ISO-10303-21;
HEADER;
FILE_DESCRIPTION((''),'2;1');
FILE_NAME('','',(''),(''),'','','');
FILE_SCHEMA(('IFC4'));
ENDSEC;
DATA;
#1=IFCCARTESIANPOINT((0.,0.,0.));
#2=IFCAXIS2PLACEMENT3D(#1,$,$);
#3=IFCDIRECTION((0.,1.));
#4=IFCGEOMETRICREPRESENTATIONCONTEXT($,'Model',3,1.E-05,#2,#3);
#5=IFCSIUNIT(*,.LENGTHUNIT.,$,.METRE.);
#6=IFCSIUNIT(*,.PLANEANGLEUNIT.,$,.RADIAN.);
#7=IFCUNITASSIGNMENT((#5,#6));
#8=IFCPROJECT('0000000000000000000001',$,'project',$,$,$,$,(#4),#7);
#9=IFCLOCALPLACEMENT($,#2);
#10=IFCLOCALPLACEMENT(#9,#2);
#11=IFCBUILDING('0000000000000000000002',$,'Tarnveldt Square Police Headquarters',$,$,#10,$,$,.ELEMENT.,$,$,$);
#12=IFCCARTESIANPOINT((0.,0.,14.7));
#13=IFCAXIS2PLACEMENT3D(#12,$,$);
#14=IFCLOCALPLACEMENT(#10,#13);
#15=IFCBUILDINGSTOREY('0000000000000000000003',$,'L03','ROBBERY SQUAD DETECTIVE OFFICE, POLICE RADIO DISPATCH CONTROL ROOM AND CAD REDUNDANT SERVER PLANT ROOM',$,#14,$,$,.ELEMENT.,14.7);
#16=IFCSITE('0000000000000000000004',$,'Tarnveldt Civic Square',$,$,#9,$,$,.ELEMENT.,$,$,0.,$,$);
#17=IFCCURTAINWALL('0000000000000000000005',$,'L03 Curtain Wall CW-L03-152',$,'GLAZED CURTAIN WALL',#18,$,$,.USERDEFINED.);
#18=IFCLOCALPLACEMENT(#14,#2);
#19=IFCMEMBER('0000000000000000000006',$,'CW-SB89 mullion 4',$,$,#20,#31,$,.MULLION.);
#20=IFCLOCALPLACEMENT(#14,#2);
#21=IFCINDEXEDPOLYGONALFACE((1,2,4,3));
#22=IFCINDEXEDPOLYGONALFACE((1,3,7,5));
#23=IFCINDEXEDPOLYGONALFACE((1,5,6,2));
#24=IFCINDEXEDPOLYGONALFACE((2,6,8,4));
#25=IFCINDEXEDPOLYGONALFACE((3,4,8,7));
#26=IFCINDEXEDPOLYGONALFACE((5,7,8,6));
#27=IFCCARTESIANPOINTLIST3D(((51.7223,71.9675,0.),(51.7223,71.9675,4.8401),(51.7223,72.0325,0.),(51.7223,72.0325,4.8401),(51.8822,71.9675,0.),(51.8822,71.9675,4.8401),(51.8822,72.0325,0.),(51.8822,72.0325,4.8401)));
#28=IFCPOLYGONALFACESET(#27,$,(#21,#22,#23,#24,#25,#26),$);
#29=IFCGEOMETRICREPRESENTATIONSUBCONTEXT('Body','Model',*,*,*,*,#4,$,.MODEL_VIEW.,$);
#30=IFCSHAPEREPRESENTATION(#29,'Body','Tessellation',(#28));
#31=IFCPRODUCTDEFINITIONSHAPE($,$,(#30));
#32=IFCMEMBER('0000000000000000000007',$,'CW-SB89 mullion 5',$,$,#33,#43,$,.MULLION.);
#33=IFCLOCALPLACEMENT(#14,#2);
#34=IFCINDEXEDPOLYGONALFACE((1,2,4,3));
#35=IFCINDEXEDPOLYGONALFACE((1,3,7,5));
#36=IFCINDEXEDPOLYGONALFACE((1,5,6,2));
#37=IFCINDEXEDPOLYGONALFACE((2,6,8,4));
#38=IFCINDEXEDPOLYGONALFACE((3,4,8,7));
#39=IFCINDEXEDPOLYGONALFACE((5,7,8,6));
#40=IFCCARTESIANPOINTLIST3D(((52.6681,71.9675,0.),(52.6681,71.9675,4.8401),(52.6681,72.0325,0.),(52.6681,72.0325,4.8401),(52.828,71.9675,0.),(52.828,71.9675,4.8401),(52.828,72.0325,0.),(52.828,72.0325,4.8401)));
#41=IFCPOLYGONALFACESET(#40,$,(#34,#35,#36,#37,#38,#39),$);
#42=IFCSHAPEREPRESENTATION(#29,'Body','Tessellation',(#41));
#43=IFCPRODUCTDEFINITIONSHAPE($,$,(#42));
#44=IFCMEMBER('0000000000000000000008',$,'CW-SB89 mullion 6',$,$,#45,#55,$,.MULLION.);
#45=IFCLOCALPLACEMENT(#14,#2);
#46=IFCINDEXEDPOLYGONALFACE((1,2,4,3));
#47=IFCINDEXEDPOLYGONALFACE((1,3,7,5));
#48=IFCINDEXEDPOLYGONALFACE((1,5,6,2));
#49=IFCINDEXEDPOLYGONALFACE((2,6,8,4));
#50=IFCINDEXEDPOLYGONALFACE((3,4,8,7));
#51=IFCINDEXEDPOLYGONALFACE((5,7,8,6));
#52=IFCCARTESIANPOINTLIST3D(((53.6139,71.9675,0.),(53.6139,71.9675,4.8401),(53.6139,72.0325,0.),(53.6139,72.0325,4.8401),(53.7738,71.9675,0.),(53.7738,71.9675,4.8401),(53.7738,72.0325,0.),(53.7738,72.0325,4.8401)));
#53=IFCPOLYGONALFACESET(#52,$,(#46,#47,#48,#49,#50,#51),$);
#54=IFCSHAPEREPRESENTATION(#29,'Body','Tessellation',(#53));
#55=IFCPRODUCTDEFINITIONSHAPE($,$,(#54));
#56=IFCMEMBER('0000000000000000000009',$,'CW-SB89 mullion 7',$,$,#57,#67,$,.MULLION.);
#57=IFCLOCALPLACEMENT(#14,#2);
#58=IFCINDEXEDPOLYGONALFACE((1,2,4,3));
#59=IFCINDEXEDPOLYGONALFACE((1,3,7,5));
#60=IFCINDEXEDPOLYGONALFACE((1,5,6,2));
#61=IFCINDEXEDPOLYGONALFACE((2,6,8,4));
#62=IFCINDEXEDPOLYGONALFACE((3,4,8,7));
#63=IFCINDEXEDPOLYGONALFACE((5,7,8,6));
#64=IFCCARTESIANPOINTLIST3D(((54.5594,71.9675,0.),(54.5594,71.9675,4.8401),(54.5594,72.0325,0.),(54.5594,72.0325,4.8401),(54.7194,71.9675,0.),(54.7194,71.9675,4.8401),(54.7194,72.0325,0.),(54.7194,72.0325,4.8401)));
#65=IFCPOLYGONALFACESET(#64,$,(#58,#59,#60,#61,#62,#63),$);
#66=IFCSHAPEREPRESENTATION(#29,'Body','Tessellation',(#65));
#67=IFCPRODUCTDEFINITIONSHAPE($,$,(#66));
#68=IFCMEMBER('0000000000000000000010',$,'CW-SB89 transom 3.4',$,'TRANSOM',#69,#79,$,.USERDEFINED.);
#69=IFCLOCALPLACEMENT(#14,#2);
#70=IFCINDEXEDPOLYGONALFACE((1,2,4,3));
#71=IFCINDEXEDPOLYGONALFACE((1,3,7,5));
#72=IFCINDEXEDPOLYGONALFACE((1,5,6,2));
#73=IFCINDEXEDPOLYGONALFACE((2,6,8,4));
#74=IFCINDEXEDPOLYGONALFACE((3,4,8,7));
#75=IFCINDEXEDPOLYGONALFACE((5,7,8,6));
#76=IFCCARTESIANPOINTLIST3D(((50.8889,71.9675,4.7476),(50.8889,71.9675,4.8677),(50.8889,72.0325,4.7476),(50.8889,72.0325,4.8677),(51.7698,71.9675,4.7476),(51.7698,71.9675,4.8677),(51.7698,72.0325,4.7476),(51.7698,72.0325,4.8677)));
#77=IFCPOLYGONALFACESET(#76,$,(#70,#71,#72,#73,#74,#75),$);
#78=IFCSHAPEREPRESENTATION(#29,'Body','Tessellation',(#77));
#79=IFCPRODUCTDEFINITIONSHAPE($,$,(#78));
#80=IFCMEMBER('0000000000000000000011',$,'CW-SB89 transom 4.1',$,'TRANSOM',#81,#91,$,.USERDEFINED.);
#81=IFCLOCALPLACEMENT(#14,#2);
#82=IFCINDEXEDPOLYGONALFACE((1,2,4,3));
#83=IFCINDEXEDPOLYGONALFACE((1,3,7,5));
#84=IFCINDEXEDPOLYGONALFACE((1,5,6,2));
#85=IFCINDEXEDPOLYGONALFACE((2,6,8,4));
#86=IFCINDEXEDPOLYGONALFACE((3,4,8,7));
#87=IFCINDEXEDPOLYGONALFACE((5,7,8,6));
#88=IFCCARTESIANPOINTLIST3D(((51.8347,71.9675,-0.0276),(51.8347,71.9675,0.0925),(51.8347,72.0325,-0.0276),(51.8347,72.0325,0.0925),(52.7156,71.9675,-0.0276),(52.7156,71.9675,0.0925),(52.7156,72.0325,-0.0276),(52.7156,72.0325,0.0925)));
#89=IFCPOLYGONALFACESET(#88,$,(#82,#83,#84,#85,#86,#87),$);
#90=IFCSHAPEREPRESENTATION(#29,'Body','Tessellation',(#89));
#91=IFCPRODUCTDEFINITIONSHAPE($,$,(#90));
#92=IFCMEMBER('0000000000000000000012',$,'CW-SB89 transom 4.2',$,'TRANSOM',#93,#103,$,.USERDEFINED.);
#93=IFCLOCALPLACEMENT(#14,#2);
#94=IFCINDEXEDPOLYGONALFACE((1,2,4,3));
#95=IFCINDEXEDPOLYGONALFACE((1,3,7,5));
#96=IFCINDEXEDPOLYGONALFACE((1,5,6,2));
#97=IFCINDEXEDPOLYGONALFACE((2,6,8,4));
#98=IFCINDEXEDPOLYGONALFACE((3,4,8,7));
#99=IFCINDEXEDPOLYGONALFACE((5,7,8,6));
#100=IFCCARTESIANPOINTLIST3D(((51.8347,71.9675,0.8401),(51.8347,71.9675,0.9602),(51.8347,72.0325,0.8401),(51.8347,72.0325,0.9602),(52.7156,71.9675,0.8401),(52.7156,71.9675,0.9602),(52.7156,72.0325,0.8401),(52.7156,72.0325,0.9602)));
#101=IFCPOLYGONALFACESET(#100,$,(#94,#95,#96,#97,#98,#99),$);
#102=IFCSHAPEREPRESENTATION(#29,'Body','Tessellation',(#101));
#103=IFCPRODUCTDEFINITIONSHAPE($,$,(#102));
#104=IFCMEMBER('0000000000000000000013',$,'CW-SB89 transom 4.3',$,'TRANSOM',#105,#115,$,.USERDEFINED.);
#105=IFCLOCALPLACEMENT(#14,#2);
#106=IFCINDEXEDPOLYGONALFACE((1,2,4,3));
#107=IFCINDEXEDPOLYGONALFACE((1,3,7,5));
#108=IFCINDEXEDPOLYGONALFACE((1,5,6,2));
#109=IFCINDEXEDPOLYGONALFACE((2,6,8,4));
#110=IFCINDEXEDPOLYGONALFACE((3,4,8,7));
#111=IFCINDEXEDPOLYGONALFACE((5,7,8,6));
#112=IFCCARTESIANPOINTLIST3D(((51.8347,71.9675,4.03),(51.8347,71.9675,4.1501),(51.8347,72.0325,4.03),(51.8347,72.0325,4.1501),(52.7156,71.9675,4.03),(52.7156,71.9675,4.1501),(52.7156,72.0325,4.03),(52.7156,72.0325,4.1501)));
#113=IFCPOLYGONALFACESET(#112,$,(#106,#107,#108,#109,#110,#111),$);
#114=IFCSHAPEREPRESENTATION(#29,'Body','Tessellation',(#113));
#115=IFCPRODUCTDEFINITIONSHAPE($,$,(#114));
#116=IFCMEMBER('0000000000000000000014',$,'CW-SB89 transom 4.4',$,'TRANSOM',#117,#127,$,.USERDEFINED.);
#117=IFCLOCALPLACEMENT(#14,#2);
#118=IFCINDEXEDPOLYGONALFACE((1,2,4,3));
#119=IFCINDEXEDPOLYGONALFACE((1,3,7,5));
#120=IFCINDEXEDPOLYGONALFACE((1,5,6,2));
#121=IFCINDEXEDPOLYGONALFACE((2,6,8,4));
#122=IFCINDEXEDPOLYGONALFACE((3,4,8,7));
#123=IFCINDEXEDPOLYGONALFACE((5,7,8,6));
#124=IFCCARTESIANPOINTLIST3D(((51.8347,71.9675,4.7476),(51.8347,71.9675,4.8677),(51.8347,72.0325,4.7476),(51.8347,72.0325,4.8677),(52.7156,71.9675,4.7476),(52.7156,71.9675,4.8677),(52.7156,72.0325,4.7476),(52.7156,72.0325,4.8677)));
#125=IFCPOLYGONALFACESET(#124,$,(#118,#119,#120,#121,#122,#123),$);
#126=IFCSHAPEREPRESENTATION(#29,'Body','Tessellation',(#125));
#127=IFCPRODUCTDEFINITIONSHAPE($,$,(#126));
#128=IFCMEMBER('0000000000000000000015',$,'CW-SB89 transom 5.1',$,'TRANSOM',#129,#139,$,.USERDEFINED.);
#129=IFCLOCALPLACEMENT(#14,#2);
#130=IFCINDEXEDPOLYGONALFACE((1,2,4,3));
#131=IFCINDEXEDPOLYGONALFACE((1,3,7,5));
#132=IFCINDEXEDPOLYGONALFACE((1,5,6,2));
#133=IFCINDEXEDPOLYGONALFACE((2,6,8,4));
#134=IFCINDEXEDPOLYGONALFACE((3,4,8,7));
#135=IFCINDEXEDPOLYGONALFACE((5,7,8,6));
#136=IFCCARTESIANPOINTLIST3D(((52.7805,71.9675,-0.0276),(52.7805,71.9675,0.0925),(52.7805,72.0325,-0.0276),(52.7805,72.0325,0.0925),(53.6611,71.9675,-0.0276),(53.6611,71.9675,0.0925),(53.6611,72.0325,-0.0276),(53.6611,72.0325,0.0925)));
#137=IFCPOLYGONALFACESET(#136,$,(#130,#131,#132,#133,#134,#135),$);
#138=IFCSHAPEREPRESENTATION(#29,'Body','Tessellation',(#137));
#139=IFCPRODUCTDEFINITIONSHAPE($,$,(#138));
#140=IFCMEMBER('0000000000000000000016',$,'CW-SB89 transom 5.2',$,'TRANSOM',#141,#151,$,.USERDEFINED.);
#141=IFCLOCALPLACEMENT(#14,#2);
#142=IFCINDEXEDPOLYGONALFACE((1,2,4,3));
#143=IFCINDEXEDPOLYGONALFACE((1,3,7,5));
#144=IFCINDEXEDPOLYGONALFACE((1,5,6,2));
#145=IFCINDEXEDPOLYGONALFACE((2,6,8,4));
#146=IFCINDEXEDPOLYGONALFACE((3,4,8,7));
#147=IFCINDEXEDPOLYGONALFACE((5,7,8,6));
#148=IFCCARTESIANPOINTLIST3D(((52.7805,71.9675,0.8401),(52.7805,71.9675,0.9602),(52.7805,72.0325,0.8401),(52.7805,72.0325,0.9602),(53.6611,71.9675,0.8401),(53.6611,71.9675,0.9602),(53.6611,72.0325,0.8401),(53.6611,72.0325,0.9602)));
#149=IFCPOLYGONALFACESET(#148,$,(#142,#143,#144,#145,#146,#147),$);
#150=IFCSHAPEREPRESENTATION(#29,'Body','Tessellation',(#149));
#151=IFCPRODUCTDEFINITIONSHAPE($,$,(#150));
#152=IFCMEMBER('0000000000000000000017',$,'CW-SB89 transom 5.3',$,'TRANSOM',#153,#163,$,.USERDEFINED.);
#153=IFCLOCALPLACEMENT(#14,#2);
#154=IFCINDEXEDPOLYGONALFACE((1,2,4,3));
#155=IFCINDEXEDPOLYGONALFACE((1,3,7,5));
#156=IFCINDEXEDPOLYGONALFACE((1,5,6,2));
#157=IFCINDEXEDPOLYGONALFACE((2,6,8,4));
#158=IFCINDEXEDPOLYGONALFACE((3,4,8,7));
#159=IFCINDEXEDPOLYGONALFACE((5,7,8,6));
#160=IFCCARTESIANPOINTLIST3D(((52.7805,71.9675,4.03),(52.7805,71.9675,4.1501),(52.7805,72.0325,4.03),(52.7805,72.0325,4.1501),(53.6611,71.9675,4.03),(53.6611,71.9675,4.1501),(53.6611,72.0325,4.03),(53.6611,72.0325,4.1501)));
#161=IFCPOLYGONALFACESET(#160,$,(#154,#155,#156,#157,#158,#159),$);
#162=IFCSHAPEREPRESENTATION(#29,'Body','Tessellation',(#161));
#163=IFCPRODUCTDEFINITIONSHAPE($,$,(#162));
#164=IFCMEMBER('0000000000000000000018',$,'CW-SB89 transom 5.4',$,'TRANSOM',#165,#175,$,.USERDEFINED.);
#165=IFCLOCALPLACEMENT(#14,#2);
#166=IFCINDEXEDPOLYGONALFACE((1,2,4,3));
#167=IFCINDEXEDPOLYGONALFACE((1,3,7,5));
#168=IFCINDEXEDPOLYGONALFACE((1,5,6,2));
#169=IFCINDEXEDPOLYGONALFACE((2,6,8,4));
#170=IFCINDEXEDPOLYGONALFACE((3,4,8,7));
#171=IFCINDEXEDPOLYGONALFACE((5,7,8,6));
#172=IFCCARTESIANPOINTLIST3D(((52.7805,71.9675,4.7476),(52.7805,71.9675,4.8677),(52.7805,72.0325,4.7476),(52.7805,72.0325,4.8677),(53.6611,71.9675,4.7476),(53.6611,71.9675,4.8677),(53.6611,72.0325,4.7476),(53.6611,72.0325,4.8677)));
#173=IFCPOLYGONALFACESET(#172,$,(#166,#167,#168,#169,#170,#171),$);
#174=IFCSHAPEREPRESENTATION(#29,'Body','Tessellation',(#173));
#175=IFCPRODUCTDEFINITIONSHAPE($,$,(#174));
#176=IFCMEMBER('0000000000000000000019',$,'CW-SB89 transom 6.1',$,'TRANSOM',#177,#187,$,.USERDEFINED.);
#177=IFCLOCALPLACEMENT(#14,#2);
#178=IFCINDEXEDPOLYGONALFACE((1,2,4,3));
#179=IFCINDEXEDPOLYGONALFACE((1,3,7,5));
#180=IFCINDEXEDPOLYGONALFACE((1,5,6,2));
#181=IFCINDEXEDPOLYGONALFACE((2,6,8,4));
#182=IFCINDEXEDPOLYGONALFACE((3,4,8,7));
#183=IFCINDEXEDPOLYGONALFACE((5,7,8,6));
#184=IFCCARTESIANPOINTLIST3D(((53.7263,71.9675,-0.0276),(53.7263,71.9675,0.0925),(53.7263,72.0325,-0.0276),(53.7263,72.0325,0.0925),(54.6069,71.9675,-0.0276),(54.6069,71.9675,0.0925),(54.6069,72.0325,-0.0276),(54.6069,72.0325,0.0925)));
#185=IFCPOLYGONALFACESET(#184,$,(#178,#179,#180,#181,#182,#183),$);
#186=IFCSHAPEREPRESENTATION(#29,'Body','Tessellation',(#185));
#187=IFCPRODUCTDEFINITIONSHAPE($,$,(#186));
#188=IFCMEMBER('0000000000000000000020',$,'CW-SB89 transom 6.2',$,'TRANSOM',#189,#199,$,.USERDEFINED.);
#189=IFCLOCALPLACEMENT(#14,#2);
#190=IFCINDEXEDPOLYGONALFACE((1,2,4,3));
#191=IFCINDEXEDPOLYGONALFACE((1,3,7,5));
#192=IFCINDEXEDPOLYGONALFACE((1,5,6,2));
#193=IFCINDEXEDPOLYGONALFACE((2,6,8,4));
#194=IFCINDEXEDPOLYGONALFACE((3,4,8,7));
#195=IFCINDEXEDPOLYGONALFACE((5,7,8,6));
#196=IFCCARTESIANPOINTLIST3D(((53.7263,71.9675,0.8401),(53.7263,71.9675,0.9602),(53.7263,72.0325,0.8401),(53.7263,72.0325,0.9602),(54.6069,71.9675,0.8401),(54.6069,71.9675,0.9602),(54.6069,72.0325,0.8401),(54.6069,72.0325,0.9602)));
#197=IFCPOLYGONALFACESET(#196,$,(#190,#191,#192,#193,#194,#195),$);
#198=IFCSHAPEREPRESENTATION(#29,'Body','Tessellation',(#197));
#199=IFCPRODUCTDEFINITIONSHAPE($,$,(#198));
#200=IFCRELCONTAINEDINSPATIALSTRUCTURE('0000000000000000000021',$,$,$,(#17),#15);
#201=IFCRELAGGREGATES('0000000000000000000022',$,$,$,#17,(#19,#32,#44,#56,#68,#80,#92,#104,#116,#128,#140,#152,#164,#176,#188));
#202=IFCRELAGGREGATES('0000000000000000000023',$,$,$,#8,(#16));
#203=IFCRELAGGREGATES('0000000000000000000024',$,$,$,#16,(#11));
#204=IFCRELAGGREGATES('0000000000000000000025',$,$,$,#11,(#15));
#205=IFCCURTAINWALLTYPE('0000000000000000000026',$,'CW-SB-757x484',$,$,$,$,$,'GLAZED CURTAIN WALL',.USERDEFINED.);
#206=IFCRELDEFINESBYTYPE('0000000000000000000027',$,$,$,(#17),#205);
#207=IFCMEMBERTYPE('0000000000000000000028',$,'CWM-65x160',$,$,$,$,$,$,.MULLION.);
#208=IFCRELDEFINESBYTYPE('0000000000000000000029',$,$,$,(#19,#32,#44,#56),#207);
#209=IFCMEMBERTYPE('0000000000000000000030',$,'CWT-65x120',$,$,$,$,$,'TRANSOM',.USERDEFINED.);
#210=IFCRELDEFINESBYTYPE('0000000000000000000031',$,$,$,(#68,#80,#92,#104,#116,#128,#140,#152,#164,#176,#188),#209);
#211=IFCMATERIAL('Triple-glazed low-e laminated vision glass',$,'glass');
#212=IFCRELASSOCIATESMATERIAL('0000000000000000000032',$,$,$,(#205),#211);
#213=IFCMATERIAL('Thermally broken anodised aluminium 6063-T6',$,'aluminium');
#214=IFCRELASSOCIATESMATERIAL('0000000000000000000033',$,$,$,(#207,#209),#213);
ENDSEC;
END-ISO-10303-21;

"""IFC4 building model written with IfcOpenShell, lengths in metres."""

from ifc_helpers import new_model, si_unit, direction, frame, origin, origin_2d, place, context, subcontext, project, spatial, rectangle, extrude, material, material_profile, profile_set, type_object, element, aggregate, save


model = new_model("IFC4")

# Units and contexts
model_context = context("Model", 3, precision=1e-05, world=origin(), true_north=direction((0.0, 1.0)))
body_context = subcontext(model_context, "Body", "Model", "MODEL_VIEW")
ifc_project = project(units=[si_unit("LENGTHUNIT", "METRE"), si_unit("PLANEANGLEUNIT", "RADIAN")], contexts=[model_context])

# Site, building, storey
site_placement = place(None, origin())
site = spatial("IfcSite", under=ifc_project, at=site_placement, Name="Tarnveldt Civic Square", CompositionType="ELEMENT", RefElevation=0.0)
building_placement = place(site_placement, origin())
building = spatial("IfcBuilding", under=site, at=building_placement, Name="Tarnveldt Square Police Headquarters", CompositionType="ELEMENT")
storey_placement = place(building_placement, frame((0.0, 0.0, 14.7)))
storey = spatial("IfcBuildingStorey", under=building, at=storey_placement, Name="L03", Description="ROBBERY SQUAD DETECTIVE OFFICE, POLICE RADIO DISPATCH CONTROL ROOM AND CAD REDUNDANT SERVER PLANT ROOM", CompositionType="ELEMENT", Elevation=14.7)

# Curtain wall, members
ifc_material_1 = material(Name="Triple-glazed low-e laminated vision glass", Category="glass")
curtain_wall_type = type_object("IfcCurtainWallType", Name="CW-SB-757x484", ElementType="GLAZED CURTAIN WALL", PredefinedType="USERDEFINED", material=ifc_material_1)
curtain_wall_placement = place(storey_placement, origin())
curtain_wall = element("IfcCurtainWall", 1, at=curtain_wall_placement, inside=storey, type_object=curtain_wall_type, Name="L03 Curtain Wall CW-L03-152", ObjectType="GLAZED CURTAIN WALL", PredefinedType="USERDEFINED")
ifc_material_2 = material(Name="Thermally broken anodised aluminium 6063-T6", Category="aluminium")
ifc_material_profile_1 = material_profile(ifc_material_2, rectangle(XDim=0.0649, YDim=0.1599, at=origin_2d()), Name="CW-M65x160")
ifc_profile_set_1 = profile_set([ifc_material_profile_1], Name="Thermally broken anodised aluminium 6063-T6")
member_type_1 = type_object("IfcMemberType", Name="CWM-65x160", PredefinedType="MULLION", material=ifc_profile_set_1)
member_1_placement = place(storey_placement, frame((51.8022, 72.0, 0.0), z_axis=(0.0, 0.0, 1.0), x_axis=(0.0, 1.0, 0.0)))
member_1 = element("IfcMember", 2, at=member_1_placement, type_object=member_type_1, Name="CW-SB89 mullion 4", PredefinedType="MULLION", context=body_context, shape_type="SweptSolid", body=[
    extrude(rectangle(XDim=0.0649, YDim=0.1599, at=origin_2d()), origin(), (0.0, 0.0, 1.0), 4.8401),
])
member_2_placement = place(storey_placement, frame((52.748, 72.0, 0.0), z_axis=(0.0, 0.0, 1.0), x_axis=(0.0, 1.0, 0.0)))
member_2 = element("IfcMember", 3, at=member_2_placement, type_object=member_type_1, Name="CW-SB89 mullion 5", PredefinedType="MULLION", context=body_context, shape_type="SweptSolid", body=[
    extrude(rectangle(XDim=0.0649, YDim=0.1599, at=origin_2d()), origin(), (0.0, 0.0, 1.0), 4.8401),
])
member_3_placement = place(storey_placement, frame((53.6938, 72.0, 0.0), z_axis=(0.0, 0.0, 1.0), x_axis=(0.0, 1.0, 0.0)))
member_3 = element("IfcMember", 4, at=member_3_placement, type_object=member_type_1, Name="CW-SB89 mullion 6", PredefinedType="MULLION", context=body_context, shape_type="SweptSolid", body=[
    extrude(rectangle(XDim=0.0649, YDim=0.1599, at=origin_2d()), origin(), (0.0, 0.0, 1.0), 4.8401),
])
member_4_placement = place(storey_placement, frame((54.6394, 72.0, 0.0), z_axis=(0.0, 0.0, 1.0), x_axis=(0.0, 1.0, 0.0)))
member_4 = element("IfcMember", 5, at=member_4_placement, type_object=member_type_1, Name="CW-SB89 mullion 7", PredefinedType="MULLION", context=body_context, shape_type="SweptSolid", body=[
    extrude(rectangle(XDim=0.0649, YDim=0.1599, at=origin_2d()), origin(), (0.0, 0.0, 1.0), 4.8401),
])
ifc_material_profile_2 = material_profile(ifc_material_2, rectangle(XDim=0.0649, YDim=0.1201, at=origin_2d()), Name="CW-T65x120")
ifc_profile_set_2 = profile_set([ifc_material_profile_2], Name="Thermally broken anodised aluminium 6063-T6")
member_type_2 = type_object("IfcMemberType", Name="CWT-65x120", ElementType="TRANSOM", PredefinedType="USERDEFINED", material=ifc_profile_set_2)
member_5_placement = place(storey_placement, frame((50.8889, 72.0, 4.8076), z_axis=(1.0, 0.0, 0.0), x_axis=(0.0, 1.0, 0.0)))
member_5 = element("IfcMember", 6, at=member_5_placement, type_object=member_type_2, Name="CW-SB89 transom 3.4", ObjectType="TRANSOM", PredefinedType="USERDEFINED", context=body_context, shape_type="SweptSolid", body=[
    extrude(rectangle(XDim=0.0649, YDim=0.1201, at=origin_2d()), origin(), (0.0, 0.0, 1.0), 0.8809),
])
member_6_placement = place(storey_placement, frame((51.8347, 72.0, 0.0325), z_axis=(1.0, 0.0, 0.0), x_axis=(0.0, 1.0, 0.0)))
member_6 = element("IfcMember", 7, at=member_6_placement, type_object=member_type_2, Name="CW-SB89 transom 4.1", ObjectType="TRANSOM", PredefinedType="USERDEFINED", context=body_context, shape_type="SweptSolid", body=[
    extrude(rectangle(XDim=0.0649, YDim=0.1201, at=origin_2d()), origin(), (0.0, 0.0, 1.0), 0.8809),
])
member_7_placement = place(storey_placement, frame((51.8347, 72.0, 0.9001), z_axis=(1.0, 0.0, 0.0), x_axis=(0.0, 1.0, 0.0)))
member_7 = element("IfcMember", 8, at=member_7_placement, type_object=member_type_2, Name="CW-SB89 transom 4.2", ObjectType="TRANSOM", PredefinedType="USERDEFINED", context=body_context, shape_type="SweptSolid", body=[
    extrude(rectangle(XDim=0.0649, YDim=0.1201, at=origin_2d()), origin(), (0.0, 0.0, 1.0), 0.8809),
])
member_8_placement = place(storey_placement, frame((51.8347, 72.0, 4.0901), z_axis=(1.0, 0.0, 0.0), x_axis=(0.0, 1.0, 0.0)))
member_8 = element("IfcMember", 9, at=member_8_placement, type_object=member_type_2, Name="CW-SB89 transom 4.3", ObjectType="TRANSOM", PredefinedType="USERDEFINED", context=body_context, shape_type="SweptSolid", body=[
    extrude(rectangle(XDim=0.0649, YDim=0.1201, at=origin_2d()), origin(), (0.0, 0.0, 1.0), 0.8809),
])
member_9_placement = place(storey_placement, frame((51.8347, 72.0, 4.8076), z_axis=(1.0, 0.0, 0.0), x_axis=(0.0, 1.0, 0.0)))
member_9 = element("IfcMember", 10, at=member_9_placement, type_object=member_type_2, Name="CW-SB89 transom 4.4", ObjectType="TRANSOM", PredefinedType="USERDEFINED", context=body_context, shape_type="SweptSolid", body=[
    extrude(rectangle(XDim=0.0649, YDim=0.1201, at=origin_2d()), origin(), (0.0, 0.0, 1.0), 0.8809),
])
member_10_placement = place(storey_placement, frame((52.7805, 72.0, 0.0325), z_axis=(1.0, 0.0, 0.0), x_axis=(0.0, 1.0, 0.0)))
member_10 = element("IfcMember", 11, at=member_10_placement, type_object=member_type_2, Name="CW-SB89 transom 5.1", ObjectType="TRANSOM", PredefinedType="USERDEFINED", context=body_context, shape_type="SweptSolid", body=[
    extrude(rectangle(XDim=0.0649, YDim=0.1201, at=origin_2d()), origin(), (0.0, 0.0, 1.0), 0.8806),
])
member_11_placement = place(storey_placement, frame((52.7805, 72.0, 0.9001), z_axis=(1.0, 0.0, 0.0), x_axis=(0.0, 1.0, 0.0)))
member_11 = element("IfcMember", 12, at=member_11_placement, type_object=member_type_2, Name="CW-SB89 transom 5.2", ObjectType="TRANSOM", PredefinedType="USERDEFINED", context=body_context, shape_type="SweptSolid", body=[
    extrude(rectangle(XDim=0.0649, YDim=0.1201, at=origin_2d()), origin(), (0.0, 0.0, 1.0), 0.8806),
])
member_12_placement = place(storey_placement, frame((52.7805, 72.0, 4.0901), z_axis=(1.0, 0.0, 0.0), x_axis=(0.0, 1.0, 0.0)))
member_12 = element("IfcMember", 13, at=member_12_placement, type_object=member_type_2, Name="CW-SB89 transom 5.3", ObjectType="TRANSOM", PredefinedType="USERDEFINED", context=body_context, shape_type="SweptSolid", body=[
    extrude(rectangle(XDim=0.0649, YDim=0.1201, at=origin_2d()), origin(), (0.0, 0.0, 1.0), 0.8806),
])
member_13_placement = place(storey_placement, frame((52.7805, 72.0, 4.8076), z_axis=(1.0, 0.0, 0.0), x_axis=(0.0, 1.0, 0.0)))
member_13 = element("IfcMember", 14, at=member_13_placement, type_object=member_type_2, Name="CW-SB89 transom 5.4", ObjectType="TRANSOM", PredefinedType="USERDEFINED", context=body_context, shape_type="SweptSolid", body=[
    extrude(rectangle(XDim=0.0649, YDim=0.1201, at=origin_2d()), origin(), (0.0, 0.0, 1.0), 0.8806),
])
member_14_placement = place(storey_placement, frame((53.7263, 72.0, 0.0325), z_axis=(1.0, 0.0, 0.0), x_axis=(0.0, 1.0, 0.0)))
member_14 = element("IfcMember", 15, at=member_14_placement, type_object=member_type_2, Name="CW-SB89 transom 6.1", ObjectType="TRANSOM", PredefinedType="USERDEFINED", context=body_context, shape_type="SweptSolid", body=[
    extrude(rectangle(XDim=0.0649, YDim=0.1201, at=origin_2d()), origin(), (0.0, 0.0, 1.0), 0.8806),
])
member_15_placement = place(storey_placement, frame((53.7263, 72.0, 0.9001), z_axis=(1.0, 0.0, 0.0), x_axis=(0.0, 1.0, 0.0)))
member_15 = element("IfcMember", 16, at=member_15_placement, type_object=member_type_2, Name="CW-SB89 transom 6.2", ObjectType="TRANSOM", PredefinedType="USERDEFINED", context=body_context, shape_type="SweptSolid", body=[
    extrude(rectangle(XDim=0.0649, YDim=0.1201, at=origin_2d()), origin(), (0.0, 0.0, 1.0), 0.8806),
])
aggregate(curtain_wall, [member_1, member_2, member_3, member_4, member_5, member_6, member_7, member_8, member_9, member_10, member_11, member_12, member_13, member_14, member_15])

save(model, "model.ifc")
